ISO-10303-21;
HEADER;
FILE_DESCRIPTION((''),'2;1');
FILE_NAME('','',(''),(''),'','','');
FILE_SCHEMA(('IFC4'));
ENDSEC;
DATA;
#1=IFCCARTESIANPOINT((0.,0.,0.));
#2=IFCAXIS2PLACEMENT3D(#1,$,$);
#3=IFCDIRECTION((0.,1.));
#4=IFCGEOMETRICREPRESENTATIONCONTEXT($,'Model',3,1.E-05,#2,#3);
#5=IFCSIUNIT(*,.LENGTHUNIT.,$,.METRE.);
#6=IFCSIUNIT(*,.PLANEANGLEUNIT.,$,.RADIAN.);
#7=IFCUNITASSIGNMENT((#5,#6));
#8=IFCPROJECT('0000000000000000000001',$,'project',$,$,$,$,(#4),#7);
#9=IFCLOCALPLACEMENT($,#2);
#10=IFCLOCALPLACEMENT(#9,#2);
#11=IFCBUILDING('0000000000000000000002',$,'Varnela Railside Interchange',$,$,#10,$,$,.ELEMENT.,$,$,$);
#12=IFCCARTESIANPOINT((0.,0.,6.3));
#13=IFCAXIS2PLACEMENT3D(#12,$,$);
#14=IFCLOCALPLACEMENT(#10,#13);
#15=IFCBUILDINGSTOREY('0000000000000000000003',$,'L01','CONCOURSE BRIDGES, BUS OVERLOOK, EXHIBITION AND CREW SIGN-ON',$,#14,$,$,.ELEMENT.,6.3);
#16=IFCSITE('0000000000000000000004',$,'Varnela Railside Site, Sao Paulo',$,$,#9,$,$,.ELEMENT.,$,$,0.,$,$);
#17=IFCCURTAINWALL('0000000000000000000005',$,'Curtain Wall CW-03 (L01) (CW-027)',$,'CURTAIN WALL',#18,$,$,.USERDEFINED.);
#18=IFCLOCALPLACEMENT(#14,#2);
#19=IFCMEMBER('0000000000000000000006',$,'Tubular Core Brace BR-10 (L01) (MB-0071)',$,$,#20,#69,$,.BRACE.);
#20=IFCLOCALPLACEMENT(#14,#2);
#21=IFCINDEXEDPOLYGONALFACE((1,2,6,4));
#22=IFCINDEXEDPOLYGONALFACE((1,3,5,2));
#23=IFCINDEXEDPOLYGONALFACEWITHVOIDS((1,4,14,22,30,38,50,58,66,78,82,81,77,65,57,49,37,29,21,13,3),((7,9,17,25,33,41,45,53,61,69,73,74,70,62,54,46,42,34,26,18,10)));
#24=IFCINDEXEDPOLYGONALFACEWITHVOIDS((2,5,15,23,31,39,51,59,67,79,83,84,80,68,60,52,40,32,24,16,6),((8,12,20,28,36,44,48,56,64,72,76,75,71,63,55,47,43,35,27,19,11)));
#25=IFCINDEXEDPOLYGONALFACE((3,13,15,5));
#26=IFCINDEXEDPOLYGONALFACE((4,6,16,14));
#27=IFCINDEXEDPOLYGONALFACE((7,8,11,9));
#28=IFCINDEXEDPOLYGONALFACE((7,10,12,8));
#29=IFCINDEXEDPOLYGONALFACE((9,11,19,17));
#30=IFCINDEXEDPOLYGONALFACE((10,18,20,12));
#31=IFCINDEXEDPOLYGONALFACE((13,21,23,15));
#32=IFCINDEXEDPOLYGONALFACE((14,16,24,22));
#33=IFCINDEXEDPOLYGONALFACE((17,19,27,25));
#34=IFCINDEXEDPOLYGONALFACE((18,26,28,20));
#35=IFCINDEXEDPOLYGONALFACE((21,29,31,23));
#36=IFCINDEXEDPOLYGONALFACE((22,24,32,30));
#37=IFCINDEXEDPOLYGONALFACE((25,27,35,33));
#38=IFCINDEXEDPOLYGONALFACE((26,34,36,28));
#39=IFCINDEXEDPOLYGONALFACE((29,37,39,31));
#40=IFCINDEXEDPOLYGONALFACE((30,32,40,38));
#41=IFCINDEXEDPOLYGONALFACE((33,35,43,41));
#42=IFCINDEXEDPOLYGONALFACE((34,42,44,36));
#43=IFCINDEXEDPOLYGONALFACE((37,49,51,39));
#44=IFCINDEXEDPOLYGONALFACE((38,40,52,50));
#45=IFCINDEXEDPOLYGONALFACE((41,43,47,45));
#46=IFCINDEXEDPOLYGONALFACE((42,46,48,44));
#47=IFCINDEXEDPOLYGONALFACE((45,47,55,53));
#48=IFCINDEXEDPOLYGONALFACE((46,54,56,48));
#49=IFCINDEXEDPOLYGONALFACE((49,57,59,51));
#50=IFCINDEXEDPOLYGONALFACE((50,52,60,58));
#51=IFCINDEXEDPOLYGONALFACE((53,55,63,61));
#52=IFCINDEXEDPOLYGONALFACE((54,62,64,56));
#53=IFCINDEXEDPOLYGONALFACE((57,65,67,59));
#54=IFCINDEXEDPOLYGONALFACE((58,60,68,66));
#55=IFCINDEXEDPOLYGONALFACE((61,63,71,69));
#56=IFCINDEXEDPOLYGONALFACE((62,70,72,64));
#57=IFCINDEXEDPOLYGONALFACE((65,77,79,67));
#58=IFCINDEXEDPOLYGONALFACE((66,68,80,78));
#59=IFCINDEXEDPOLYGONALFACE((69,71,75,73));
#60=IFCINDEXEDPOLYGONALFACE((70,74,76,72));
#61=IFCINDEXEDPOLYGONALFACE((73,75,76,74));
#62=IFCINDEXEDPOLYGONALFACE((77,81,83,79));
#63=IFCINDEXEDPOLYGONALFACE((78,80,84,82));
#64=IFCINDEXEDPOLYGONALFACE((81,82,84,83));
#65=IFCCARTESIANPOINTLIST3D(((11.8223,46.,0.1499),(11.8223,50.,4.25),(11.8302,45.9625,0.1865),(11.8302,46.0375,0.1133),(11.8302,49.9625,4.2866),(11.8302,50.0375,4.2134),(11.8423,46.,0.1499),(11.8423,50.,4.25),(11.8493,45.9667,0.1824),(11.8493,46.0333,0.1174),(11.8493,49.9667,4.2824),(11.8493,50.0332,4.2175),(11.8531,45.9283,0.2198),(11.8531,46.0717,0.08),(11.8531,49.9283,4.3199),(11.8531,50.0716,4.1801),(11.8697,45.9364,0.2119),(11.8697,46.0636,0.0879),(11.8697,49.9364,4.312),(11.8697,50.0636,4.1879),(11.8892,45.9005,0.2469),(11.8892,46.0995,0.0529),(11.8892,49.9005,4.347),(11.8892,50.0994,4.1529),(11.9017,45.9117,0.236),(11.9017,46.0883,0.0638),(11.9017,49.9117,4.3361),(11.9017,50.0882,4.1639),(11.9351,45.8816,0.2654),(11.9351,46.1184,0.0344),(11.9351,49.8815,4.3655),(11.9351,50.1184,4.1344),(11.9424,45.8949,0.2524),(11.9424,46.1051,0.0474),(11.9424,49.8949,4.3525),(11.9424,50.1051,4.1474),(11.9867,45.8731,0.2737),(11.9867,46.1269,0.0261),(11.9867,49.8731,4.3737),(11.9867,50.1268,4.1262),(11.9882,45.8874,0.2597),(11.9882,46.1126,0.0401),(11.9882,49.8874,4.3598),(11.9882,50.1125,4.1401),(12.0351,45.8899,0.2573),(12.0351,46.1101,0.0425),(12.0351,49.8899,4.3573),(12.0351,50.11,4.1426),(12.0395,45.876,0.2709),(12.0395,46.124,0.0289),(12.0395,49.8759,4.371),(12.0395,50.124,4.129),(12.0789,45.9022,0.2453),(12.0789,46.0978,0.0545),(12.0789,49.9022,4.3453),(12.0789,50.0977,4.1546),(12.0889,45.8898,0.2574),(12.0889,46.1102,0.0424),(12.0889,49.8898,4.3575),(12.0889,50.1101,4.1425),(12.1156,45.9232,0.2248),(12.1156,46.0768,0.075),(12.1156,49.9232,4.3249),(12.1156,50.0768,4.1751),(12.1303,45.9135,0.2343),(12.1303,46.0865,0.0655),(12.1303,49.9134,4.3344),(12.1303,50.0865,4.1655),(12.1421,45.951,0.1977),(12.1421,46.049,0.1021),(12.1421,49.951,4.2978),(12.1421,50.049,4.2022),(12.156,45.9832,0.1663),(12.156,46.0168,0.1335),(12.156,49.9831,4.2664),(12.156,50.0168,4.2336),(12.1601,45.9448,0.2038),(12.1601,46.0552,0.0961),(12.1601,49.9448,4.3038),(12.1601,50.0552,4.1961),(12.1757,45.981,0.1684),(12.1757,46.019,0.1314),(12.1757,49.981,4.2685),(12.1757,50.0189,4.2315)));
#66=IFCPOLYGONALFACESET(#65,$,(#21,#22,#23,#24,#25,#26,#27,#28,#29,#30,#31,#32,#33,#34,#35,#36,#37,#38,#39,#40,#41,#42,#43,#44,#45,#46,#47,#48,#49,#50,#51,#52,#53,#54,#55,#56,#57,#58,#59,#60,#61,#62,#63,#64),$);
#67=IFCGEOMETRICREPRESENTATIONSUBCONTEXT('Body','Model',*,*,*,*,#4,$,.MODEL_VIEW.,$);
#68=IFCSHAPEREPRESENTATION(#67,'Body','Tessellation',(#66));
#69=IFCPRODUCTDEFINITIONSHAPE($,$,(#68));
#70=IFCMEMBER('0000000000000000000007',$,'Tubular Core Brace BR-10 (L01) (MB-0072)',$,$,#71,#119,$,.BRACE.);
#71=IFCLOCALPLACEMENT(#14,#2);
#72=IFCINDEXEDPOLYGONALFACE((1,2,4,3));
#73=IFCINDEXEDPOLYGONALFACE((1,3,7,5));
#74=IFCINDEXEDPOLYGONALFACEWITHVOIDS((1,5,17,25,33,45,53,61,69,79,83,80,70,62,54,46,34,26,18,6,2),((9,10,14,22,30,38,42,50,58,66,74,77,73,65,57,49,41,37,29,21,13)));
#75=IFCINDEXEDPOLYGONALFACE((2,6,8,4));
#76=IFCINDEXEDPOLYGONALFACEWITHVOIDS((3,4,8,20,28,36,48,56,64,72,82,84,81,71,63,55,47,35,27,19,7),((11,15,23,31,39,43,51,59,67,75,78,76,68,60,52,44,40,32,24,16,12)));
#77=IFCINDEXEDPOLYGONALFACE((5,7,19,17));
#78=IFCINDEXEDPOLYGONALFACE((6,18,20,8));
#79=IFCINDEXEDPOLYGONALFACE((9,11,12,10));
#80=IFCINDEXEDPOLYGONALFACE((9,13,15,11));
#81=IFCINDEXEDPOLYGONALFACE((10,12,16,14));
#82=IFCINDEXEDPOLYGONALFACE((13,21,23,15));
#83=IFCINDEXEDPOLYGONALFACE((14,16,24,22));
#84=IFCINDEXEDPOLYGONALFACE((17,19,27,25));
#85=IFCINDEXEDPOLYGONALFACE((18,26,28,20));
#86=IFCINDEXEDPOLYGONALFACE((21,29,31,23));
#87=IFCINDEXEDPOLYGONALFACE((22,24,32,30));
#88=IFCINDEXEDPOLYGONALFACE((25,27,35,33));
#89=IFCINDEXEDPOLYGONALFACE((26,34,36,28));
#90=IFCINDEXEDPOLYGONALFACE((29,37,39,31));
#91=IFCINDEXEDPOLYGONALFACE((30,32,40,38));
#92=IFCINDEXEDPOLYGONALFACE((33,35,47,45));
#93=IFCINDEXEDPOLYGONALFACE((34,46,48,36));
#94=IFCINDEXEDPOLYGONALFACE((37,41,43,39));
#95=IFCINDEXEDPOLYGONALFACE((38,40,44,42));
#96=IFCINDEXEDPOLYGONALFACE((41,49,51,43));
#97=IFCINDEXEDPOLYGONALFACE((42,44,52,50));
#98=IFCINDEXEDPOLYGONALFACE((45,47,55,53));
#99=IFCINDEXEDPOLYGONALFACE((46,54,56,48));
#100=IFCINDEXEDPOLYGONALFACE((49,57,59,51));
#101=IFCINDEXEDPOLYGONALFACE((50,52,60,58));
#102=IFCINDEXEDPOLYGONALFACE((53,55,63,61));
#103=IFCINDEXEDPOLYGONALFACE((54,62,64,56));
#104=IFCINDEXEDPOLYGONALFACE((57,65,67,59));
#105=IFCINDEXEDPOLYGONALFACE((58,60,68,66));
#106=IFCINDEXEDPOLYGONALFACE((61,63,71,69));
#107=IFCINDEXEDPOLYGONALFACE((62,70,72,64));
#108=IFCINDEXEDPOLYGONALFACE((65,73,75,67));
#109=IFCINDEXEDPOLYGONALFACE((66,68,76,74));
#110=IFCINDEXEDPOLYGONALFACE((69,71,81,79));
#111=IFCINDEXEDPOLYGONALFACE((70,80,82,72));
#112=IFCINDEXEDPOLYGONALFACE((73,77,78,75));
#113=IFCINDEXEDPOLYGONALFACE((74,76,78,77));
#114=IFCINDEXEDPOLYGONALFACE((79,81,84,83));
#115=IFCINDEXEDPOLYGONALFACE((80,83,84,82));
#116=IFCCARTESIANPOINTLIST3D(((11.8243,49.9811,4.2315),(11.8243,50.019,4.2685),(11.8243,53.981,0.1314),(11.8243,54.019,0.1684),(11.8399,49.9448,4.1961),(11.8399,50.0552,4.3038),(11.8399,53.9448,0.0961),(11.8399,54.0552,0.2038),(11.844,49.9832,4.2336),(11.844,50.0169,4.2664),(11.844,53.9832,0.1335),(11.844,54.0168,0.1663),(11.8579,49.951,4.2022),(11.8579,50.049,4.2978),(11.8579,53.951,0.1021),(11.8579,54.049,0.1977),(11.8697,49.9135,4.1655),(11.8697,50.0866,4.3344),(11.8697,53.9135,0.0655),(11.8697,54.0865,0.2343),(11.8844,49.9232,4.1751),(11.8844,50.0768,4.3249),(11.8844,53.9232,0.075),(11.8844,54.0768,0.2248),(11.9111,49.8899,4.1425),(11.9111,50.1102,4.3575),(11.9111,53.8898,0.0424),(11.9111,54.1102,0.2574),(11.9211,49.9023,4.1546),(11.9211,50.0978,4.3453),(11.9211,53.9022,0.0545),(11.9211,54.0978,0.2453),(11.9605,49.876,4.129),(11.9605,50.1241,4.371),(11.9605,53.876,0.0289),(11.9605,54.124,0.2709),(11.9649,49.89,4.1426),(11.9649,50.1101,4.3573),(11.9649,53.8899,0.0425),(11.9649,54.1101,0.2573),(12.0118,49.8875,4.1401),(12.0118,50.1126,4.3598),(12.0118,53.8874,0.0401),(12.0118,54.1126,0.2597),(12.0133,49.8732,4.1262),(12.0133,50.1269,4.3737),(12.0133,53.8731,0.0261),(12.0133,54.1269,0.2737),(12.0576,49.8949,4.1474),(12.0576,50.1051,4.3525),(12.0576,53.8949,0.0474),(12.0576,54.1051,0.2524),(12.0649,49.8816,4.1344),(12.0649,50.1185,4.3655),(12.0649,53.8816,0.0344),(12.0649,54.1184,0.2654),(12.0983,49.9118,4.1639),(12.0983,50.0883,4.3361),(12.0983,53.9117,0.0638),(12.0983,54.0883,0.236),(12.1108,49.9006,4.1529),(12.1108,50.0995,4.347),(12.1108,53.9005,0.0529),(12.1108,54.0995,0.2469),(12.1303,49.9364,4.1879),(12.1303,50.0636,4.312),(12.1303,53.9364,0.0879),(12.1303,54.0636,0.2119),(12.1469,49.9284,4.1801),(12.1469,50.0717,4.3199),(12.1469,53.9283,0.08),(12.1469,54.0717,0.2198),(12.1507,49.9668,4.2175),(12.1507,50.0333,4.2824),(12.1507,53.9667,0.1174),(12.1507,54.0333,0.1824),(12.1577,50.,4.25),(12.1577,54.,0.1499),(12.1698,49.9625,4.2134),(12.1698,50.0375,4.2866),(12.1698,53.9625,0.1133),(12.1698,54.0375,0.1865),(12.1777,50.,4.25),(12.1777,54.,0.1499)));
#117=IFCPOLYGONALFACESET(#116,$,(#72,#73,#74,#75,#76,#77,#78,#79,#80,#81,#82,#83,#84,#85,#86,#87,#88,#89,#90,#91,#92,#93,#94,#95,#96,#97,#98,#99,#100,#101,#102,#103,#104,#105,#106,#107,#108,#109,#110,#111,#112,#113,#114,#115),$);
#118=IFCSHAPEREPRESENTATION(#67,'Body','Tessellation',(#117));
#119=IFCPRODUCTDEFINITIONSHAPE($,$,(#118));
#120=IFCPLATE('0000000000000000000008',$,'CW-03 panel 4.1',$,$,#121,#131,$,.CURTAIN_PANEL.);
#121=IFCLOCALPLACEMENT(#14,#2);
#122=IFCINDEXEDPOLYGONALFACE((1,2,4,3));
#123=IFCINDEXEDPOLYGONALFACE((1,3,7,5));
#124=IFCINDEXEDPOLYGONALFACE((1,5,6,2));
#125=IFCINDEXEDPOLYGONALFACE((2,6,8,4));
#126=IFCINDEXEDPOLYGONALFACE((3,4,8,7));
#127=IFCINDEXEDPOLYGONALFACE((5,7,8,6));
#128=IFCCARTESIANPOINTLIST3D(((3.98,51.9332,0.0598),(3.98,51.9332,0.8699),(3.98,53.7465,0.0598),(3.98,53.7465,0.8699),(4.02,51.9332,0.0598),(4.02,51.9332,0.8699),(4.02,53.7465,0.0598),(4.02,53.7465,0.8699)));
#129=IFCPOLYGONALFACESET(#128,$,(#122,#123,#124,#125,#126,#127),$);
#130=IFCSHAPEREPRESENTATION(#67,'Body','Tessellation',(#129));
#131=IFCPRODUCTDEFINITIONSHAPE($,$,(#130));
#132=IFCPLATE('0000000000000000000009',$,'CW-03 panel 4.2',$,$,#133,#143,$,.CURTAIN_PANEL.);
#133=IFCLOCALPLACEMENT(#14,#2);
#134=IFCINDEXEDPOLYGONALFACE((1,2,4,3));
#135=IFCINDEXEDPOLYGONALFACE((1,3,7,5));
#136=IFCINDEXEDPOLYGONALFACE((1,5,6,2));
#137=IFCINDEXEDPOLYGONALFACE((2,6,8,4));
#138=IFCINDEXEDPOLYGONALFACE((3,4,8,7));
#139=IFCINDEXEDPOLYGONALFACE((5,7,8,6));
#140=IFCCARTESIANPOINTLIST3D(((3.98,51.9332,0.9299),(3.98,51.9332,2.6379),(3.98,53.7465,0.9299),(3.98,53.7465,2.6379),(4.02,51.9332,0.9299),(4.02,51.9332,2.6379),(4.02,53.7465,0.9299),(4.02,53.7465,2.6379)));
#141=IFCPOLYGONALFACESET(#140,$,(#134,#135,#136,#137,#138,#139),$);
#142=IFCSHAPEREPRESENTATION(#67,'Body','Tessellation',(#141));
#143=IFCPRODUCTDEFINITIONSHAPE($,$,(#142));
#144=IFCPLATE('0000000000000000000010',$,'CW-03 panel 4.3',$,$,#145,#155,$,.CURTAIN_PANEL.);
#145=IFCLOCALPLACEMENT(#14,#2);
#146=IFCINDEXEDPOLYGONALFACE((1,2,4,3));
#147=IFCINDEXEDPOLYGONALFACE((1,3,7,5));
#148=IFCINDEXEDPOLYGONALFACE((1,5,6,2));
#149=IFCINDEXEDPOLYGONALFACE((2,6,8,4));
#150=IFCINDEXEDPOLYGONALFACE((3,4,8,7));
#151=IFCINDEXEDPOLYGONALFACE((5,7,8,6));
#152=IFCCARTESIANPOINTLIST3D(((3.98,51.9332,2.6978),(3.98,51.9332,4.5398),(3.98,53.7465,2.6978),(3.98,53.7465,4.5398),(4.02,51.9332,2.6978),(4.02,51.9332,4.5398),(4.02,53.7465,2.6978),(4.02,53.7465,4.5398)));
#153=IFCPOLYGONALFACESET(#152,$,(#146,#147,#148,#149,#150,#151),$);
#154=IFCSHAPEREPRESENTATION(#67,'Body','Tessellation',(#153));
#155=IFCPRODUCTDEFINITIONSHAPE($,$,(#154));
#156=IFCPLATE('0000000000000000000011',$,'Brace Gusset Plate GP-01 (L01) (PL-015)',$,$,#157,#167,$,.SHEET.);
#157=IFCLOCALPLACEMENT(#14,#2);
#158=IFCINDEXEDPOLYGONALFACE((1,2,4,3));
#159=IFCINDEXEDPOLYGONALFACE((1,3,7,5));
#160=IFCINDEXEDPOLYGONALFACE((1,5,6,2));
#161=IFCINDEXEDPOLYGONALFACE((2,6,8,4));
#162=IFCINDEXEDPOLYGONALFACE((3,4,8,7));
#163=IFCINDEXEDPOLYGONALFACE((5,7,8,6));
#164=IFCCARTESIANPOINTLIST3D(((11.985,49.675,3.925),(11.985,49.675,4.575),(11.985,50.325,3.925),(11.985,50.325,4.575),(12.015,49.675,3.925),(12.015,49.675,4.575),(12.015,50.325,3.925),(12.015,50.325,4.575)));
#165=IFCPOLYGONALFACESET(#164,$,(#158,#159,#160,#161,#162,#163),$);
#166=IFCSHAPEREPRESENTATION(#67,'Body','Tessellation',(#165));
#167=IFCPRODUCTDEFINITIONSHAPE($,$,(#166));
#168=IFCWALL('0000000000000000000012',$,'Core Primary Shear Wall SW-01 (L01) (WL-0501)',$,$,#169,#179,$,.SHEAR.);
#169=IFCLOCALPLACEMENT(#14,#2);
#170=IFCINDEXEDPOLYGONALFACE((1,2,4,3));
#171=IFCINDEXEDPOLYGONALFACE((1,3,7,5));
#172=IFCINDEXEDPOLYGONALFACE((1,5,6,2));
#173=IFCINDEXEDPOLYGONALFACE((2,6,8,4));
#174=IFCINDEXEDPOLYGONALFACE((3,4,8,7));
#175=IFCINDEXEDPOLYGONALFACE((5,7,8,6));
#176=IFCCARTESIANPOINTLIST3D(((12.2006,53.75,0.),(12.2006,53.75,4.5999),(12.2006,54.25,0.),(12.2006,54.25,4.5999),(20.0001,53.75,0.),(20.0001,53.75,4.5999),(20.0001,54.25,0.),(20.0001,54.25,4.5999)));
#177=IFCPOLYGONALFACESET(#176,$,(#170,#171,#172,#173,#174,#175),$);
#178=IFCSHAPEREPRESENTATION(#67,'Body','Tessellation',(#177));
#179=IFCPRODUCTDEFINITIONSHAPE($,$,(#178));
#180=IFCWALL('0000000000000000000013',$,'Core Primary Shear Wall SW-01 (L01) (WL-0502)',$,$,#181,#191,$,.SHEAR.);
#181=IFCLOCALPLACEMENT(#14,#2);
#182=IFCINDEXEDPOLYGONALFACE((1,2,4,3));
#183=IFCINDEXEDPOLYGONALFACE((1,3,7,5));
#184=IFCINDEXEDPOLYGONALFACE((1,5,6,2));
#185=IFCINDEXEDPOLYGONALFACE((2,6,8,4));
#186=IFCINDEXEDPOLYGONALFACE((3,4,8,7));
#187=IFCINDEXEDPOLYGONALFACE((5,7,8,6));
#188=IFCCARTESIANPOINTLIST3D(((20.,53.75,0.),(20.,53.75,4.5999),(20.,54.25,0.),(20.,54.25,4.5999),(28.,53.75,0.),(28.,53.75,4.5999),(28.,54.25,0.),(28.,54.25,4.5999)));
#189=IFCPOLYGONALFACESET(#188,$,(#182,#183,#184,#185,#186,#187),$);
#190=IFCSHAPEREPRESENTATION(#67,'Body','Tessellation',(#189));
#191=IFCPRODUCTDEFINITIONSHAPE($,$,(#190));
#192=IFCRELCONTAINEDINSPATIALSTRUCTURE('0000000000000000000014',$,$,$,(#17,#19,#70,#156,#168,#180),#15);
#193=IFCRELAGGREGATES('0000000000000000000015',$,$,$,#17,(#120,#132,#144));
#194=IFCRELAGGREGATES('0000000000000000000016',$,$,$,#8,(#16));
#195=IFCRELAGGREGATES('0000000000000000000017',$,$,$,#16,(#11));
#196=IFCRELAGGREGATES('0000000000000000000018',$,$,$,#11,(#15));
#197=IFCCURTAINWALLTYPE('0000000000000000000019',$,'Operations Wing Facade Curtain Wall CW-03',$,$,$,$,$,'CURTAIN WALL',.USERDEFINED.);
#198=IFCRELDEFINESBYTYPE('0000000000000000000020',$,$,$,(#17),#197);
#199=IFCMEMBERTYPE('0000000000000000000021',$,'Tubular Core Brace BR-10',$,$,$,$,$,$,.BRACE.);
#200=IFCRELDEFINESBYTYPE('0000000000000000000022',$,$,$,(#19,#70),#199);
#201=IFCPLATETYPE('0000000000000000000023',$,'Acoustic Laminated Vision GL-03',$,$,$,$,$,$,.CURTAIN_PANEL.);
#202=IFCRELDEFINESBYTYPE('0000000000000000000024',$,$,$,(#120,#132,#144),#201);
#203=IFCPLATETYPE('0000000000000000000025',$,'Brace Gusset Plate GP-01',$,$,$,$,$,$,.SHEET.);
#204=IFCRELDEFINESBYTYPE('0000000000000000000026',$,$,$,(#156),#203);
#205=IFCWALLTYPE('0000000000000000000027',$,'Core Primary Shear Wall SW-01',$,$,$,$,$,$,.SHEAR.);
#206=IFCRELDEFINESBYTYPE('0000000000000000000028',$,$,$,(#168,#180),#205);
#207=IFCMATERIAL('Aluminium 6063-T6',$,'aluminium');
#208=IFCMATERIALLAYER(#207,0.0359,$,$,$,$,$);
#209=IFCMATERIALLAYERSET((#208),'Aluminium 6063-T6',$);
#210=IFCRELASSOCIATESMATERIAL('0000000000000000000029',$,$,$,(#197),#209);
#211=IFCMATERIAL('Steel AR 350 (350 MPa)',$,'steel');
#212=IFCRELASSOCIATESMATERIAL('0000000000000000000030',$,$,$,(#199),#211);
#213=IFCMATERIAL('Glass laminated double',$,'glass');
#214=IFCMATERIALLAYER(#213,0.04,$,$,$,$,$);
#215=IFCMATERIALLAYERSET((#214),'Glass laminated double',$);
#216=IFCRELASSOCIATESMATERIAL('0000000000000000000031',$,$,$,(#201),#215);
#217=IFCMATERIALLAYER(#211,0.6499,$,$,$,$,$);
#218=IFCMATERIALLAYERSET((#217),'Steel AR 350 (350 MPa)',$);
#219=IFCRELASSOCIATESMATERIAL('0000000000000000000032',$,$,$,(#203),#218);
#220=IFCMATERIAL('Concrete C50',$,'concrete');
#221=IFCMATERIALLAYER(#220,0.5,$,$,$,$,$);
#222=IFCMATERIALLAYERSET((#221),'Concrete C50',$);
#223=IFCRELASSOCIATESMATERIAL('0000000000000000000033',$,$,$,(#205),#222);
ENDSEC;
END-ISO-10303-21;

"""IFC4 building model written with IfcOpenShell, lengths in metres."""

from ifc_helpers import new_model, si_unit, direction, frame, frame_2d, origin, origin_2d, place, context, subcontext, project, spatial, rectangle, hollow_circle, extrude, material, layer, layer_set, material_profile, profile_set, type_object, element, aggregate, save


model = new_model("IFC4")

# Units and contexts
model_context = context("Model", 3, precision=1e-05, world=origin(), true_north=direction((0.0, 1.0)))
body_context = subcontext(model_context, "Body", "Model", "MODEL_VIEW")
ifc_project = project(units=[si_unit("LENGTHUNIT", "METRE"), si_unit("PLANEANGLEUNIT", "RADIAN")], contexts=[model_context])

# Site, building, storey
site_placement = place(None, origin())
site = spatial("IfcSite", under=ifc_project, at=site_placement, Name="Varnela Railside Site, Sao Paulo", CompositionType="ELEMENT", RefElevation=0.0)
building_placement = place(site_placement, origin())
building = spatial("IfcBuilding", under=site, at=building_placement, Name="Varnela Railside Interchange", CompositionType="ELEMENT")
storey_placement = place(building_placement, frame((0.0, 0.0, 6.3)))
storey = spatial("IfcBuildingStorey", under=building, at=storey_placement, Name="L01", Description="CONCOURSE BRIDGES, BUS OVERLOOK, EXHIBITION AND CREW SIGN-ON", CompositionType="ELEMENT", Elevation=6.3)

# Shared definitions
ifc_material_1 = material(Name="Steel AR 350 (350 MPa)", Category="steel")

# Curtain wall
ifc_material_2 = material(Name="Aluminium 6063-T6", Category="aluminium")
ifc_layer_1 = layer(ifc_material_2, 0.0359)
ifc_layer_set_1 = layer_set([ifc_layer_1], Name="Aluminium 6063-T6")
curtain_wall_type = type_object("IfcCurtainWallType", Name="Operations Wing Facade Curtain Wall CW-03", ElementType="CURTAIN WALL", PredefinedType="USERDEFINED", material=ifc_layer_set_1)
curtain_wall_placement = place(storey_placement, origin())
curtain_wall = element("IfcCurtainWall", 1, at=curtain_wall_placement, inside=storey, type_object=curtain_wall_type, Name="Curtain Wall CW-03 (L01) (CW-027)", ObjectType="CURTAIN WALL", PredefinedType="USERDEFINED")

# Members
ifc_material_profile_1 = material_profile(ifc_material_1, hollow_circle(Radius=0.1777, WallThickness=0.02, at=origin_2d()), Name="CHS 355.6x20")
ifc_profile_set_1 = profile_set([ifc_material_profile_1], Name="Steel AR 350 (350 MPa)")
member_type_1 = type_object("IfcMemberType", Name="Tubular Core Brace BR-10", PredefinedType="BRACE", material=ifc_profile_set_1)
for number, where, z_axis, x_axis, name in (
    (2, (12.0, 46.0, 0.1499), (0.0, 0.698315, 0.71579), (-1.0, 0.0, 0.0), "Tubular Core Brace BR-10 (L01) (MB-0071)"),
    (3, (12.0, 54.0, 0.1499), (0.0, -0.698315, 0.71579), (1.0, 0.0, 0.0), "Tubular Core Brace BR-10 (L01) (MB-0072)"),
):
    element("IfcMember", number, at=place(storey_placement, frame(where, z_axis=z_axis, x_axis=x_axis)), inside=storey, type_object=member_type_1, Name=name, PredefinedType="BRACE", context=body_context, shape_type="SweptSolid", body=[
        extrude(hollow_circle(Radius=0.1777, WallThickness=0.02, at=origin_2d()), origin(), (0.0, 0.0, 1.0), 5.728),
    ])

# Plates
ifc_material_3 = material(Name="Glass laminated double", Category="glass")
ifc_layer_2 = layer(ifc_material_3, 0.04)
ifc_layer_set_2 = layer_set([ifc_layer_2], Name="Glass laminated double")
plate_type_1 = type_object("IfcPlateType", Name="Acoustic Laminated Vision GL-03", PredefinedType="CURTAIN_PANEL", material=ifc_layer_set_2)
plate_1_placement = place(storey_placement, frame((4.0, 52.8398, 0.0598), z_axis=(0.0, 0.0, 1.0), x_axis=(0.0, 1.0, 0.0)))
plate_1 = element("IfcPlate", 4, at=plate_1_placement, type_object=plate_type_1, Name="CW-03 panel 4.1", PredefinedType="CURTAIN_PANEL", context=body_context, shape_type="SweptSolid", body=[
    extrude(rectangle(XDim=1.8132, YDim=0.04, at=origin_2d()), origin(), (0.0, 0.0, 1.0), 0.8101),
])
plate_2_placement = place(storey_placement, frame((4.0, 52.8398, 0.9299), z_axis=(0.0, 0.0, 1.0), x_axis=(0.0, 1.0, 0.0)))
plate_2 = element("IfcPlate", 5, at=plate_2_placement, type_object=plate_type_1, Name="CW-03 panel 4.2", PredefinedType="CURTAIN_PANEL", context=body_context, shape_type="SweptSolid", body=[
    extrude(rectangle(XDim=1.8132, YDim=0.04, at=origin_2d()), origin(), (0.0, 0.0, 1.0), 1.708),
])
plate_3_placement = place(storey_placement, frame((4.0, 52.8398, 2.6978), z_axis=(0.0, 0.0, 1.0), x_axis=(0.0, 1.0, 0.0)))
plate_3 = element("IfcPlate", 6, at=plate_3_placement, type_object=plate_type_1, Name="CW-03 panel 4.3", PredefinedType="CURTAIN_PANEL", context=body_context, shape_type="SweptSolid", body=[
    extrude(rectangle(XDim=1.8132, YDim=0.04, at=origin_2d()), origin(), (0.0, 0.0, 1.0), 1.842),
])
aggregate(curtain_wall, [plate_1, plate_2, plate_3])
ifc_layer_3 = layer(ifc_material_1, 0.6499)
ifc_layer_set_3 = layer_set([ifc_layer_3], Name="Steel AR 350 (350 MPa)")
plate_type_2 = type_object("IfcPlateType", Name="Brace Gusset Plate GP-01", PredefinedType="SHEET", material=ifc_layer_set_3)
plate_4_placement = place(storey_placement, frame((12.0, 50.0, 3.925), z_axis=(0.0, 0.0, 1.0), x_axis=(0.0, 1.0, 0.0)))
element("IfcPlate", 7, at=plate_4_placement, inside=storey, type_object=plate_type_2, Name="Brace Gusset Plate GP-01 (L01) (PL-015)", PredefinedType="SHEET", context=body_context, shape_type="SweptSolid", body=[
    extrude(rectangle(XDim=0.6499, YDim=0.03, at=origin_2d()), origin(), (0.0, 0.0, 1.0), 0.6499),
])

# Walls
ifc_material_4 = material(Name="Concrete C50", Category="concrete")
ifc_layer_4 = layer(ifc_material_4, 0.5)
ifc_layer_set_4 = layer_set([ifc_layer_4], Name="Concrete C50")
wall_type_1 = type_object("IfcWallType", Name="Core Primary Shear Wall SW-01", PredefinedType="SHEAR", material=ifc_layer_set_4)
wall_1_placement = place(storey_placement, frame((12.2004, 54.0, 0.0), z_axis=(0.0, 0.0, 1.0), x_axis=(1.0, 0.0, 0.0)))
element("IfcWall", 8, at=wall_1_placement, inside=storey, type_object=wall_type_1, Name="Core Primary Shear Wall SW-01 (L01) (WL-0501)", PredefinedType="SHEAR", context=body_context, shape_type="SweptSolid", body=[
    extrude(rectangle(XDim=7.7996, YDim=0.5, at=frame_2d((3.8999, 0.0))), origin(), (0.0, 0.0, 1.0), 4.5999),
])
wall_2_placement = place(storey_placement, frame((20.0, 54.0, 0.0), z_axis=(0.0, 0.0, 1.0), x_axis=(1.0, 0.0, 0.0)))
element("IfcWall", 9, at=wall_2_placement, inside=storey, type_object=wall_type_1, Name="Core Primary Shear Wall SW-01 (L01) (WL-0502)", PredefinedType="SHEAR", context=body_context, shape_type="SweptSolid", body=[
    extrude(rectangle(XDim=8.0, YDim=0.5, at=frame_2d((4.0, 0.0))), origin(), (0.0, 0.0, 1.0), 4.5999),
])

save(model, "model.ifc")
